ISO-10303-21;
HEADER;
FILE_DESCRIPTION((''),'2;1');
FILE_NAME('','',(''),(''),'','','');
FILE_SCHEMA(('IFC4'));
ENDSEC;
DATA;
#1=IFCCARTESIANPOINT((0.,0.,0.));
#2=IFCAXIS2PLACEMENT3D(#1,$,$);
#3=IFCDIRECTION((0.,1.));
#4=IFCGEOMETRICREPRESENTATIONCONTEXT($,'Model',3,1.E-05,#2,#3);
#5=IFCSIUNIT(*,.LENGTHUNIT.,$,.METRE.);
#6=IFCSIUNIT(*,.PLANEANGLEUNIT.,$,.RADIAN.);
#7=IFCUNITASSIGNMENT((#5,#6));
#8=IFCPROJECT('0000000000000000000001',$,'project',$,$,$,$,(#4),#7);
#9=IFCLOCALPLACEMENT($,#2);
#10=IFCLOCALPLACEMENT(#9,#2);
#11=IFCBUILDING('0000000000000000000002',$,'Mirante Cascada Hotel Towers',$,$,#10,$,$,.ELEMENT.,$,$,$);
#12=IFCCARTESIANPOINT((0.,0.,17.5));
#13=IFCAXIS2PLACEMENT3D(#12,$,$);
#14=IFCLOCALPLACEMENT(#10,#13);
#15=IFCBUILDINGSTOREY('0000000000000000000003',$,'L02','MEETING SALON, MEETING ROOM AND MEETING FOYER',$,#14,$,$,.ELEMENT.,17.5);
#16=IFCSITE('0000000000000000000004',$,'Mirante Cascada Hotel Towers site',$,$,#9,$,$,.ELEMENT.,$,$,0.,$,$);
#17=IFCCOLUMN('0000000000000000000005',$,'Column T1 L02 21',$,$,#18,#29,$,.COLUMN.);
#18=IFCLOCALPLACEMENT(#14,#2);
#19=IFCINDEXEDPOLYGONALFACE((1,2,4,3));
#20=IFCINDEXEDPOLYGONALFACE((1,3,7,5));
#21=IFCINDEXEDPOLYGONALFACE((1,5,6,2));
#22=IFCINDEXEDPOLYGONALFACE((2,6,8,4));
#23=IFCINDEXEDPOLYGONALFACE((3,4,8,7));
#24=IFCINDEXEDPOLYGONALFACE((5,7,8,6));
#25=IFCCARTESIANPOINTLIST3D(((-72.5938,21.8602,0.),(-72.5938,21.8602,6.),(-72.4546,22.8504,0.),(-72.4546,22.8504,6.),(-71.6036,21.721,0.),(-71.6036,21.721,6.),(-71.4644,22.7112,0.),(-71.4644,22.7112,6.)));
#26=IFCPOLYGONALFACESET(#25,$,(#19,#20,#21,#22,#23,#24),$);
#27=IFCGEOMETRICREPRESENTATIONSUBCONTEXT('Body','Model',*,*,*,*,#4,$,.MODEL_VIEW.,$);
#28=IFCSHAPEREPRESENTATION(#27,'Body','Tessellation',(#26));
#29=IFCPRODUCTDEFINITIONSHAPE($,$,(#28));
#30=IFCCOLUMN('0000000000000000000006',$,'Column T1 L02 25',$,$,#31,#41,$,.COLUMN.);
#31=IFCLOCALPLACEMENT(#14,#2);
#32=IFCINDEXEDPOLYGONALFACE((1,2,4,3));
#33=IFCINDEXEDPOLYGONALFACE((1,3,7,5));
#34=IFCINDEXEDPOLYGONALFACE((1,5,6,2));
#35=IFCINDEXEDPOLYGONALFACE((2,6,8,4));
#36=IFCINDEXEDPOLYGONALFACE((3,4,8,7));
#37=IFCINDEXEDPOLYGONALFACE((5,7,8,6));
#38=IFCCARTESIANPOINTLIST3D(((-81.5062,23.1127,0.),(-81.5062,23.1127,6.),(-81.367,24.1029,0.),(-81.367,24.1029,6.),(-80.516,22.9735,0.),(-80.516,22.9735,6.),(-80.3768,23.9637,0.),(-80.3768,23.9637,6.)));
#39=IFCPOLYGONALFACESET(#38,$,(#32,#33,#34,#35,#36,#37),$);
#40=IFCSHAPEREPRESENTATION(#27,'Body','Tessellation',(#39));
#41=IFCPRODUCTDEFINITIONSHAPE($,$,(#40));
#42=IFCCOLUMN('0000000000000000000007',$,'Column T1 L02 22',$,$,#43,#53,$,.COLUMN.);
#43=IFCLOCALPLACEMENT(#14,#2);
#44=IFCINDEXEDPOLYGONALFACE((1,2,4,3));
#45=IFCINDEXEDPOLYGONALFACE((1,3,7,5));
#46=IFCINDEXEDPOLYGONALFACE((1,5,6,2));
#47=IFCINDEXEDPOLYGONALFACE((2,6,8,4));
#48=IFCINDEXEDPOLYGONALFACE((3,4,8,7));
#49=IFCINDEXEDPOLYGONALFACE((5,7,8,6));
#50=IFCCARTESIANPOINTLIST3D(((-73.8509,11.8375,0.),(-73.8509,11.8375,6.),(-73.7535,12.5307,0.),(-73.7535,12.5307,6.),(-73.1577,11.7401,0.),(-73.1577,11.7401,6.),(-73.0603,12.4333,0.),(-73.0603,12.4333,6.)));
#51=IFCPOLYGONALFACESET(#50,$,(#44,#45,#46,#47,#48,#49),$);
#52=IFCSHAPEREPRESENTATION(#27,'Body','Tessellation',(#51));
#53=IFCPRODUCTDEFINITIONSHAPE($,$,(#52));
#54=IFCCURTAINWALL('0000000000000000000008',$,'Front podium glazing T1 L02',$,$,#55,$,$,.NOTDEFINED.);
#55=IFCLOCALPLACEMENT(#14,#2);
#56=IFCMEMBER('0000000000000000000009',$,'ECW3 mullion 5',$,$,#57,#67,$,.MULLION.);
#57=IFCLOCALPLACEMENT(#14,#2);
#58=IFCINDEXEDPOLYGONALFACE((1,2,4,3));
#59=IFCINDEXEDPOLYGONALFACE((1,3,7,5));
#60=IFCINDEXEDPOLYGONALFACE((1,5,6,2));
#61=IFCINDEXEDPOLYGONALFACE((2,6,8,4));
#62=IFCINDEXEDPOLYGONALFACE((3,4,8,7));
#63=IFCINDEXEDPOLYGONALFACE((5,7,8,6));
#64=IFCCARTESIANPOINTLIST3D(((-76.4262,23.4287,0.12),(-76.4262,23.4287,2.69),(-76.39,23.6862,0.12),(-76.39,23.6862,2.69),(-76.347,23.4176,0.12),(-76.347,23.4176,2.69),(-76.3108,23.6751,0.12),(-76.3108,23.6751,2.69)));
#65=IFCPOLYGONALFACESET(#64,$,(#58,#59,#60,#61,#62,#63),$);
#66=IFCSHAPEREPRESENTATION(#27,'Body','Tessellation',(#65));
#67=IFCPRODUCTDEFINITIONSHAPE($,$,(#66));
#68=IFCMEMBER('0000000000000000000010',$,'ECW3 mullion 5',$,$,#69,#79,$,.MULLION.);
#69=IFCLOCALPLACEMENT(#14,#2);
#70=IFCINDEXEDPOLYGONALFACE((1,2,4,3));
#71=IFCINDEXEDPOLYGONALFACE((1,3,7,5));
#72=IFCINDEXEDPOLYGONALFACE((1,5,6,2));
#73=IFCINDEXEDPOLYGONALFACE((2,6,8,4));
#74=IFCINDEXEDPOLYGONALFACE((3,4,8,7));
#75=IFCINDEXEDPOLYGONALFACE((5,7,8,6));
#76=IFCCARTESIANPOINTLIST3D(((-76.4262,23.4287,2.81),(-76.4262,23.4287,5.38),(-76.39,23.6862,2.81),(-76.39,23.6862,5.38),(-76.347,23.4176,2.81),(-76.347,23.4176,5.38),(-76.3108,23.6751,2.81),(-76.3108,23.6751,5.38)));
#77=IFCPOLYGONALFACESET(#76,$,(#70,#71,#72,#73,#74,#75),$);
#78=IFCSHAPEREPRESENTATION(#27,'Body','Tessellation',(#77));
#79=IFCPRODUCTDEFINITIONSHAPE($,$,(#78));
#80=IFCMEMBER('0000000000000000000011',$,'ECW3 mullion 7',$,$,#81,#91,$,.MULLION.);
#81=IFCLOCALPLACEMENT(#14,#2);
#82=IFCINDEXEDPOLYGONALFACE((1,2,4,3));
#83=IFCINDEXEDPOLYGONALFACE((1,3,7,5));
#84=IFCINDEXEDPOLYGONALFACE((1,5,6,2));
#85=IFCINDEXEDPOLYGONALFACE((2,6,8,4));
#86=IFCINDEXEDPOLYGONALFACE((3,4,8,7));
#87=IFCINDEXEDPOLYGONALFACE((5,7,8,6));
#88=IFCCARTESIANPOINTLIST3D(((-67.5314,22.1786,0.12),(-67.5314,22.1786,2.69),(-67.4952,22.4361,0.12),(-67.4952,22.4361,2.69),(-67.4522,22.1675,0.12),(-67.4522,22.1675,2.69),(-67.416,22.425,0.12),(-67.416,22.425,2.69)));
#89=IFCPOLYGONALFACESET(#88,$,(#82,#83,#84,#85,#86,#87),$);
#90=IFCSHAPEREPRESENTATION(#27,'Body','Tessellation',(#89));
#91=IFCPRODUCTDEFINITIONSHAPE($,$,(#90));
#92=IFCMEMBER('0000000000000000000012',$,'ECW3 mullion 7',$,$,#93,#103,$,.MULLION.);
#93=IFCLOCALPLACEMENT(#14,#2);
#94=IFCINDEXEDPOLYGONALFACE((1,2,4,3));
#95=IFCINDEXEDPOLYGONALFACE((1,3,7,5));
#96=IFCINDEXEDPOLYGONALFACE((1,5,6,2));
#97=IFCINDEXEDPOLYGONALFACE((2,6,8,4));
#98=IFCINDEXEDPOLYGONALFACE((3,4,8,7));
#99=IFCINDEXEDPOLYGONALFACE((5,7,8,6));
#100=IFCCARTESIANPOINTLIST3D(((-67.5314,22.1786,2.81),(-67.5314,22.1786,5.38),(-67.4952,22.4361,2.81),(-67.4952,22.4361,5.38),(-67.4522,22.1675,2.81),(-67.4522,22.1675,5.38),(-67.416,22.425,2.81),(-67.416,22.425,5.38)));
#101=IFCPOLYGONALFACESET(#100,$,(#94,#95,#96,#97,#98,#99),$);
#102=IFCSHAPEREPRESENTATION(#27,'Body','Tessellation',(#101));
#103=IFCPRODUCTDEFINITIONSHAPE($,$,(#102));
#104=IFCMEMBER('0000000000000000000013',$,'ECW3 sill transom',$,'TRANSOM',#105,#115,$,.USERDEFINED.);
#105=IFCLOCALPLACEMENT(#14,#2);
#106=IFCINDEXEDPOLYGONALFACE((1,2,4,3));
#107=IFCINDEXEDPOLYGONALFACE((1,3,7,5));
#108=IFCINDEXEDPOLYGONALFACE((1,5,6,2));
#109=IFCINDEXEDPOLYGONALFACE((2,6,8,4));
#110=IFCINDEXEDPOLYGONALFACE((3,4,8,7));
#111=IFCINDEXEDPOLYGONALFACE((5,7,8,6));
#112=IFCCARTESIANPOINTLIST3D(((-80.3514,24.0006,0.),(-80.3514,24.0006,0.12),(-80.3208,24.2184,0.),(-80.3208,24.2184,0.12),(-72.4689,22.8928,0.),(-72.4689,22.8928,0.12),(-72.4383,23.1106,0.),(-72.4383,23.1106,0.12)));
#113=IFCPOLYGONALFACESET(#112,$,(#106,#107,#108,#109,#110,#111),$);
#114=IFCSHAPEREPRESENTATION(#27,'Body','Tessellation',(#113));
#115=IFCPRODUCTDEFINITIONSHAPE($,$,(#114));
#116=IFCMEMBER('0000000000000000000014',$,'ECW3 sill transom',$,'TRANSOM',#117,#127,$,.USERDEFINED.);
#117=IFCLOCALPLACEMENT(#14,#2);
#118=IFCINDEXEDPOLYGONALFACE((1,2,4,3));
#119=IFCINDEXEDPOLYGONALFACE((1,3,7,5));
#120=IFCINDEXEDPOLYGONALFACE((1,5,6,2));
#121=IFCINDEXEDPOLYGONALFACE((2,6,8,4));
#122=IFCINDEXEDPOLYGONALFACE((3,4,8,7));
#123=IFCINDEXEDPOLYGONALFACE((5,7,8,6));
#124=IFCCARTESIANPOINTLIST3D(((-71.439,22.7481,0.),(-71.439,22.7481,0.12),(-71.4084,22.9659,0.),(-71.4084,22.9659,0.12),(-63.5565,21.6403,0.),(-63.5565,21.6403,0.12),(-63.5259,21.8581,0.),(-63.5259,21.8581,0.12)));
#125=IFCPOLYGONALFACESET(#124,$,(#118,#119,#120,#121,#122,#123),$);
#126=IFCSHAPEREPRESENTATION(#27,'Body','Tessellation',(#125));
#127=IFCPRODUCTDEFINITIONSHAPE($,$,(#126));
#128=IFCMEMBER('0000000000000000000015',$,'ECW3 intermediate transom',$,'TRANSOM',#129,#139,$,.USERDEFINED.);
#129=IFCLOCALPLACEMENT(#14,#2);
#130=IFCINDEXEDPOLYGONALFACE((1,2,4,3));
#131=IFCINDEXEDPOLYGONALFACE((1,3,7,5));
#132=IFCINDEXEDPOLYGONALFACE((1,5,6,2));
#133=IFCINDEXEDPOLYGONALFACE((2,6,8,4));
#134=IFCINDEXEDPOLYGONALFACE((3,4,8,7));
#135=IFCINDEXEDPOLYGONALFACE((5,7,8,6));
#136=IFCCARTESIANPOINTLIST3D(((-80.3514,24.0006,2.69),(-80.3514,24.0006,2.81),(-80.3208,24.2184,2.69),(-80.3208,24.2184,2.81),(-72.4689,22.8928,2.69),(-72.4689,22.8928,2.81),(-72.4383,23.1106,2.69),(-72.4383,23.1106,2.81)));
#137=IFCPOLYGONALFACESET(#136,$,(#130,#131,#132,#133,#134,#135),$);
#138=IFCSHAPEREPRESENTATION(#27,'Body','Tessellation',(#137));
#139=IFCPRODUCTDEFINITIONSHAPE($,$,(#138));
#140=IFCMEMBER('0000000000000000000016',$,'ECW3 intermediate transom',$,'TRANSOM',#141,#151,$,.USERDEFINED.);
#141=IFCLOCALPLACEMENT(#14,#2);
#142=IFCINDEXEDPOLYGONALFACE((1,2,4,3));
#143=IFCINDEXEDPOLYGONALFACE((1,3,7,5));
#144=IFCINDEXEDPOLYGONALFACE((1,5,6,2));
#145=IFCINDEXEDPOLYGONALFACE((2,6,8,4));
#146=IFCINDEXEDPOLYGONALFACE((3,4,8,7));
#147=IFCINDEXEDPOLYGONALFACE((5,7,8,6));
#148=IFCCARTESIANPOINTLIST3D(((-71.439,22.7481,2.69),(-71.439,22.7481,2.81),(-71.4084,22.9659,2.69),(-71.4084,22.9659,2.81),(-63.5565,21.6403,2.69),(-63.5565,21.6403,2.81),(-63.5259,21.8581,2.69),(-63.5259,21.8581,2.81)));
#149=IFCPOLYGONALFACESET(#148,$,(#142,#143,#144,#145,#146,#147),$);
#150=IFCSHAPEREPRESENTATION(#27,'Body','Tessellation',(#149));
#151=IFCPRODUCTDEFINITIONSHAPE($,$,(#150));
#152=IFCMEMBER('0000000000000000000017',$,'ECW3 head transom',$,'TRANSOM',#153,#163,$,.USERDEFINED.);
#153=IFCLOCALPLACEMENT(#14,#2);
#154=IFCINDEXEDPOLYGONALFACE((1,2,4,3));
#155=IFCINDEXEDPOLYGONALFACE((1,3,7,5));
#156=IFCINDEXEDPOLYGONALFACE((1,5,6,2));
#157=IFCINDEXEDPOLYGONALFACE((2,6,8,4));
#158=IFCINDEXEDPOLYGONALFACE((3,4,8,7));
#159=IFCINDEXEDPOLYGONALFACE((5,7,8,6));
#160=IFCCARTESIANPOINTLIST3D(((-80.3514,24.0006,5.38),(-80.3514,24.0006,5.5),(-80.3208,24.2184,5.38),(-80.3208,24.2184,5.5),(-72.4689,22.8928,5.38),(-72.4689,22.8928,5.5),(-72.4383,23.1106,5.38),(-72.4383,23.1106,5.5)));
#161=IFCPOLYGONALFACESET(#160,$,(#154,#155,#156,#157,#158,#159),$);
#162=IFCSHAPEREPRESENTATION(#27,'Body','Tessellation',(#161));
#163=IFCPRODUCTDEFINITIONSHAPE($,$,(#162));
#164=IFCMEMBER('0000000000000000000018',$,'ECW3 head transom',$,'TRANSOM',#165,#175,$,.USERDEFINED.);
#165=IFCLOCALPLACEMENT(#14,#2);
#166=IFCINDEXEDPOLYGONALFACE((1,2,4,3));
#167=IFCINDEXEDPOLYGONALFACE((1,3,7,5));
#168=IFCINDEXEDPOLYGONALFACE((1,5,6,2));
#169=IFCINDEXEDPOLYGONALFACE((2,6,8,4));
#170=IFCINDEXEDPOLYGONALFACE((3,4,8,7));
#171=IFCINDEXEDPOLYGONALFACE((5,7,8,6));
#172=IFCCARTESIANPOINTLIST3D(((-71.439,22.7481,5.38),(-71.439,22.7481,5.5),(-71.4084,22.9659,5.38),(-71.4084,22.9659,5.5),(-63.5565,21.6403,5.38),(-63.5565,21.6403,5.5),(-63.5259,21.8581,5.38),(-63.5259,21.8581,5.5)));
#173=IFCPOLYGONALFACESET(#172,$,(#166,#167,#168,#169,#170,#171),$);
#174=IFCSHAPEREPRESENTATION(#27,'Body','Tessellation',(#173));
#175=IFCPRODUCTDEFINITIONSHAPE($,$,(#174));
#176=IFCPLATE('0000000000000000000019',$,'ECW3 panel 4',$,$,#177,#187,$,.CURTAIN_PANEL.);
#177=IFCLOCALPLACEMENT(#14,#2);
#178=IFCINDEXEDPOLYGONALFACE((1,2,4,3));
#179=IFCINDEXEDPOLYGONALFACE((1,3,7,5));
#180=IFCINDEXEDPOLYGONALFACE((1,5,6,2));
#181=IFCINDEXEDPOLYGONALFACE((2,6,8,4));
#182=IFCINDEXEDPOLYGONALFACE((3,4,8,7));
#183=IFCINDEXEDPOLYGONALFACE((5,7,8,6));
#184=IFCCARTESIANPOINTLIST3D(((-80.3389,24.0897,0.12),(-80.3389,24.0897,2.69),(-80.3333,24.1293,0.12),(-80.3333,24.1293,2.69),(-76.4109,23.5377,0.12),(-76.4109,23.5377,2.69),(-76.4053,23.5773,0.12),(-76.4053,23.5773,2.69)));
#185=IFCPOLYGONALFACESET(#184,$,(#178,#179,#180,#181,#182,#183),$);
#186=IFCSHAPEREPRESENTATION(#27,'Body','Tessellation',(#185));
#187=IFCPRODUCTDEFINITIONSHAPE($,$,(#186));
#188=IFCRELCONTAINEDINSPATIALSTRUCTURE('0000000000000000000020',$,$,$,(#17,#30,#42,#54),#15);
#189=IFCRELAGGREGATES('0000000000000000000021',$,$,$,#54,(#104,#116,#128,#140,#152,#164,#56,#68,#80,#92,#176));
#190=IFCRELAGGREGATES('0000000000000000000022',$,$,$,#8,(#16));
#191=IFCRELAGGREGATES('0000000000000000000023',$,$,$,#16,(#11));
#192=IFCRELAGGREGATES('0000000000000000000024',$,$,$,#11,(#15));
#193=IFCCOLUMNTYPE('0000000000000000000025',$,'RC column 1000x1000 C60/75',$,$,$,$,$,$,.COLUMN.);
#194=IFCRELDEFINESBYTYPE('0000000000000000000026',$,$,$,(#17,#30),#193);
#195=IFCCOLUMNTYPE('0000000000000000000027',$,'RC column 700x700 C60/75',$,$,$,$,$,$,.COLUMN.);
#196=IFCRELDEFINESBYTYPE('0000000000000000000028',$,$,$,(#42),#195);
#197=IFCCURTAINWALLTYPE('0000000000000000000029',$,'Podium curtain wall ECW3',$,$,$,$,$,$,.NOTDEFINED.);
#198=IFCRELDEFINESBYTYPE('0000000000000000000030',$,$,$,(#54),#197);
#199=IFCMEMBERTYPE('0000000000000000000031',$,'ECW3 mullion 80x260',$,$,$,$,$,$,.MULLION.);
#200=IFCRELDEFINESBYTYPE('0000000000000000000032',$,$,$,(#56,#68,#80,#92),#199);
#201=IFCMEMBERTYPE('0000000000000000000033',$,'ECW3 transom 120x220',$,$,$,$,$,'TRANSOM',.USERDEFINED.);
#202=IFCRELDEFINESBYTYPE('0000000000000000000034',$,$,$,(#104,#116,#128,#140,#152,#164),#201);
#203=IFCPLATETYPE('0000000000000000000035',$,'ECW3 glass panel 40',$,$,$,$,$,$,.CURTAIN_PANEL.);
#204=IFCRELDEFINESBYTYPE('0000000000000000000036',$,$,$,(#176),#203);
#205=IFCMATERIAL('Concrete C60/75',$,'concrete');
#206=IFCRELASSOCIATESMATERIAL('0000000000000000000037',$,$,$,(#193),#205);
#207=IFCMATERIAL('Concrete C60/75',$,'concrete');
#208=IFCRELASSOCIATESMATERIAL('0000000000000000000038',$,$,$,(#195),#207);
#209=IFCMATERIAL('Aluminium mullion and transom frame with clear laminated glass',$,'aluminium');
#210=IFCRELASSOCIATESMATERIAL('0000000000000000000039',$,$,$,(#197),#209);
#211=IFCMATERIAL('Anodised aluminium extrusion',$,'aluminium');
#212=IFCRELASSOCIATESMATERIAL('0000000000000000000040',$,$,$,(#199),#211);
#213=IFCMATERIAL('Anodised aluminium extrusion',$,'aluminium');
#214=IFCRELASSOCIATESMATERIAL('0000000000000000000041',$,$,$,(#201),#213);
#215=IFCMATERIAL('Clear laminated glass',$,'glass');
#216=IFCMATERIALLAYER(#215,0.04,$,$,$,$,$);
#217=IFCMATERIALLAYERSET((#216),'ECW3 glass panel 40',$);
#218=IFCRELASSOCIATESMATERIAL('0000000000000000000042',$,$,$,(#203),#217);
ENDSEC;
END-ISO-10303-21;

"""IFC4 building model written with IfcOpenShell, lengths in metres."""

from ifc_helpers import new_model, si_unit, direction, frame, origin, origin_2d, place, context, subcontext, project, spatial, rectangle, extrude, material, layer, layer_set, material_profile, profile_set, type_object, element, aggregate, save


model = new_model("IFC4")

# Units and contexts
model_context = context("Model", 3, precision=1e-05, world=origin(), true_north=direction((0.0, 1.0)))
body_context = subcontext(model_context, "Body", "Model", "MODEL_VIEW")
ifc_project = project(units=[si_unit("LENGTHUNIT", "METRE"), si_unit("PLANEANGLEUNIT", "RADIAN")], contexts=[model_context])

# Site, building, storey
site_placement = place(None, origin())
site = spatial("IfcSite", under=ifc_project, at=site_placement, Name="Mirante Cascada Hotel Towers site", CompositionType="ELEMENT", RefElevation=0.0)
building_placement = place(site_placement, origin())
building = spatial("IfcBuilding", under=site, at=building_placement, Name="Mirante Cascada Hotel Towers", CompositionType="ELEMENT")
storey_placement = place(building_placement, frame((0.0, 0.0, 17.5)))
storey = spatial("IfcBuildingStorey", under=building, at=storey_placement, Name="L02", Description="MEETING SALON, MEETING ROOM AND MEETING FOYER", CompositionType="ELEMENT", Elevation=17.5)

# Columns
ifc_material_1 = material(Name="Concrete C60/75", Category="concrete")
ifc_material_profile_1 = material_profile(ifc_material_1, rectangle(XDim=1.0, YDim=1.0, at=origin_2d()), Name="RC column 1000x1000 C60/75")
ifc_profile_set_1 = profile_set([ifc_material_profile_1], Name="Concrete C60/75")
column_type_1 = type_object("IfcColumnType", Name="RC column 1000x1000 C60/75", PredefinedType="COLUMN", material=ifc_profile_set_1)
for number, where, z_axis, x_axis, name in (
    (1, (-72.0291, 22.2857, 0.0), (0.0, 0.0, 1.0), (-0.990268, 0.139173, 0.0), "Column T1 L02 21"),
    (2, (-80.9415, 23.5382, 0.0), (0.0, 0.0, 1.0), (-0.990268, 0.139173, 0.0), "Column T1 L02 25"),
):
    element("IfcColumn", number, at=place(storey_placement, frame(where, z_axis=z_axis, x_axis=x_axis)), inside=storey, type_object=column_type_1, Name=name, PredefinedType="COLUMN", context=body_context, shape_type="SweptSolid", body=[
        extrude(rectangle(XDim=1.0, YDim=1.0, at=origin_2d()), origin(), (0.0, 0.0, 1.0), 6.0),
    ])
ifc_material_2 = material(Name="Concrete C60/75", Category="concrete")
ifc_material_profile_2 = material_profile(ifc_material_2, rectangle(XDim=0.7, YDim=0.7, at=origin_2d()), Name="RC column 700x700 C60/75")
ifc_profile_set_2 = profile_set([ifc_material_profile_2], Name="Concrete C60/75")
column_type_2 = type_object("IfcColumnType", Name="RC column 700x700 C60/75", PredefinedType="COLUMN", material=ifc_profile_set_2)
column_placement = place(storey_placement, frame((-73.4556, 12.1354, 0.0), z_axis=(0.0, 0.0, 1.0), x_axis=(-0.990268, 0.139173, 0.0)))
element("IfcColumn", 3, at=column_placement, inside=storey, type_object=column_type_2, Name="Column T1 L02 22", PredefinedType="COLUMN", context=body_context, shape_type="SweptSolid", body=[
    extrude(rectangle(XDim=0.7, YDim=0.7, at=origin_2d()), origin(), (0.0, 0.0, 1.0), 6.0),
])

# Curtain wall, members, plate
ifc_material_3 = material(Name="Aluminium mullion and transom frame with clear laminated glass", Category="aluminium")
curtain_wall_type = type_object("IfcCurtainWallType", Name="Podium curtain wall ECW3", PredefinedType="NOTDEFINED", material=ifc_material_3)
curtain_wall_placement = place(storey_placement, origin())
curtain_wall = element("IfcCurtainWall", 4, at=curtain_wall_placement, inside=storey, type_object=curtain_wall_type, Name="Front podium glazing T1 L02", PredefinedType="NOTDEFINED")
ifc_material_4 = material(Name="Anodised aluminium extrusion", Category="aluminium")
ifc_material_profile_3 = material_profile(ifc_material_4, rectangle(XDim=0.26, YDim=0.08, at=origin_2d()), Name="ECW3 MULLION 80x260")
ifc_profile_set_3 = profile_set([ifc_material_profile_3], Name="Anodised aluminium extrusion")
member_type_1 = type_object("IfcMemberType", Name="ECW3 mullion 80x260", PredefinedType="MULLION", material=ifc_profile_set_3)
member_1_placement = place(storey_placement, frame((-76.3685, 23.5519, 0.12), z_axis=(0.0, 0.0, 1.0), x_axis=(0.139173, 0.990268, 0.0)))
member_1 = element("IfcMember", 5, at=member_1_placement, type_object=member_type_1, Name="ECW3 mullion 5", PredefinedType="MULLION", context=body_context, shape_type="SweptSolid", body=[
    extrude(rectangle(XDim=0.26, YDim=0.08, at=origin_2d()), origin(), (0.0, 0.0, 1.0), 2.57),
])
member_2_placement = place(storey_placement, frame((-76.3685, 23.5519, 2.81), z_axis=(0.0, 0.0, 1.0), x_axis=(0.139173, 0.990268, 0.0)))
member_2 = element("IfcMember", 6, at=member_2_placement, type_object=member_type_1, Name="ECW3 mullion 5", PredefinedType="MULLION", context=body_context, shape_type="SweptSolid", body=[
    extrude(rectangle(XDim=0.26, YDim=0.08, at=origin_2d()), origin(), (0.0, 0.0, 1.0), 2.57),
])
member_3_placement = place(storey_placement, frame((-67.4737, 22.3018, 0.12), z_axis=(0.0, 0.0, 1.0), x_axis=(0.139173, 0.990268, 0.0)))
member_3 = element("IfcMember", 7, at=member_3_placement, type_object=member_type_1, Name="ECW3 mullion 7", PredefinedType="MULLION", context=body_context, shape_type="SweptSolid", body=[
    extrude(rectangle(XDim=0.26, YDim=0.08, at=origin_2d()), origin(), (0.0, 0.0, 1.0), 2.57),
])
member_4_placement = place(storey_placement, frame((-67.4737, 22.3018, 2.81), z_axis=(0.0, 0.0, 1.0), x_axis=(0.139173, 0.990268, 0.0)))
member_4 = element("IfcMember", 8, at=member_4_placement, type_object=member_type_1, Name="ECW3 mullion 7", PredefinedType="MULLION", context=body_context, shape_type="SweptSolid", body=[
    extrude(rectangle(XDim=0.26, YDim=0.08, at=origin_2d()), origin(), (0.0, 0.0, 1.0), 2.57),
])
ifc_material_5 = material(Name="Anodised aluminium extrusion", Category="aluminium")
ifc_material_profile_4 = material_profile(ifc_material_5, rectangle(XDim=0.22, YDim=0.12, at=origin_2d()), Name="ECW3 TRANSOM 120x220")
ifc_profile_set_4 = profile_set([ifc_material_profile_4], Name="Anodised aluminium extrusion")
member_type_2 = type_object("IfcMemberType", Name="ECW3 transom 120x220", ElementType="TRANSOM", PredefinedType="USERDEFINED", material=ifc_profile_set_4)
member_5_placement = place(storey_placement, frame((-80.3361, 24.1095, 0.06), z_axis=(0.990268, -0.139172, 0.0), x_axis=(0.139172, 0.990268, 0.0)))
member_5 = element("IfcMember", 9, at=member_5_placement, type_object=member_type_2, Name="ECW3 sill transom", ObjectType="TRANSOM", PredefinedType="USERDEFINED", context=body_context, shape_type="SweptSolid", body=[
    extrude(rectangle(XDim=0.22, YDim=0.12, at=origin_2d()), origin(), (0.0, 0.0, 1.0), 7.96),
])
member_6_placement = place(storey_placement, frame((-71.4237, 22.857, 0.06), z_axis=(0.990268, -0.139172, 0.0), x_axis=(0.139172, 0.990268, 0.0)))
member_6 = element("IfcMember", 10, at=member_6_placement, type_object=member_type_2, Name="ECW3 sill transom", ObjectType="TRANSOM", PredefinedType="USERDEFINED", context=body_context, shape_type="SweptSolid", body=[
    extrude(rectangle(XDim=0.22, YDim=0.12, at=origin_2d()), origin(), (0.0, 0.0, 1.0), 7.96),
])
member_7_placement = place(storey_placement, frame((-80.3361, 24.1095, 2.75), z_axis=(0.990268, -0.139172, 0.0), x_axis=(0.139172, 0.990268, 0.0)))
member_7 = element("IfcMember", 11, at=member_7_placement, type_object=member_type_2, Name="ECW3 intermediate transom", ObjectType="TRANSOM", PredefinedType="USERDEFINED", context=body_context, shape_type="SweptSolid", body=[
    extrude(rectangle(XDim=0.22, YDim=0.12, at=origin_2d()), origin(), (0.0, 0.0, 1.0), 7.96),
])
member_8_placement = place(storey_placement, frame((-71.4237, 22.857, 2.75), z_axis=(0.990268, -0.139172, 0.0), x_axis=(0.139172, 0.990268, 0.0)))
member_8 = element("IfcMember", 12, at=member_8_placement, type_object=member_type_2, Name="ECW3 intermediate transom", ObjectType="TRANSOM", PredefinedType="USERDEFINED", context=body_context, shape_type="SweptSolid", body=[
    extrude(rectangle(XDim=0.22, YDim=0.12, at=origin_2d()), origin(), (0.0, 0.0, 1.0), 7.96),
])
member_9_placement = place(storey_placement, frame((-80.3361, 24.1095, 5.44), z_axis=(0.990268, -0.139172, 0.0), x_axis=(0.139172, 0.990268, 0.0)))
member_9 = element("IfcMember", 13, at=member_9_placement, type_object=member_type_2, Name="ECW3 head transom", ObjectType="TRANSOM", PredefinedType="USERDEFINED", context=body_context, shape_type="SweptSolid", body=[
    extrude(rectangle(XDim=0.22, YDim=0.12, at=origin_2d()), origin(), (0.0, 0.0, 1.0), 7.96),
])
member_10_placement = place(storey_placement, frame((-71.4237, 22.857, 5.44), z_axis=(0.990268, -0.139172, 0.0), x_axis=(0.139172, 0.990268, 0.0)))
member_10 = element("IfcMember", 14, at=member_10_placement, type_object=member_type_2, Name="ECW3 head transom", ObjectType="TRANSOM", PredefinedType="USERDEFINED", context=body_context, shape_type="SweptSolid", body=[
    extrude(rectangle(XDim=0.22, YDim=0.12, at=origin_2d()), origin(), (0.0, 0.0, 1.0), 7.96),
])
ifc_material_6 = material(Name="Clear laminated glass", Category="glass")
ifc_layer_1 = layer(ifc_material_6, 0.04)
ifc_layer_set_1 = layer_set([ifc_layer_1], Name="ECW3 glass panel 40")
plate_type = type_object("IfcPlateType", Name="ECW3 glass panel 40", PredefinedType="CURTAIN_PANEL", material=ifc_layer_set_1)
plate_1_placement = place(storey_placement, frame((-78.3721, 23.8335, 0.12), z_axis=(0.0, 0.0, 1.0), x_axis=(0.990268, -0.139173, 0.0)))
plate_1 = element("IfcPlate", 15, at=plate_1_placement, type_object=plate_type, Name="ECW3 panel 4", PredefinedType="CURTAIN_PANEL", context=body_context, shape_type="SweptSolid", body=[
    extrude(rectangle(XDim=3.9666, YDim=0.04, at=origin_2d()), origin(), (0.0, 0.0, 1.0), 2.57),
])
aggregate(curtain_wall, [member_5, member_6, member_7, member_8, member_9, member_10, member_1, member_2, member_3, member_4, plate_1])

save(model, "model.ifc")
